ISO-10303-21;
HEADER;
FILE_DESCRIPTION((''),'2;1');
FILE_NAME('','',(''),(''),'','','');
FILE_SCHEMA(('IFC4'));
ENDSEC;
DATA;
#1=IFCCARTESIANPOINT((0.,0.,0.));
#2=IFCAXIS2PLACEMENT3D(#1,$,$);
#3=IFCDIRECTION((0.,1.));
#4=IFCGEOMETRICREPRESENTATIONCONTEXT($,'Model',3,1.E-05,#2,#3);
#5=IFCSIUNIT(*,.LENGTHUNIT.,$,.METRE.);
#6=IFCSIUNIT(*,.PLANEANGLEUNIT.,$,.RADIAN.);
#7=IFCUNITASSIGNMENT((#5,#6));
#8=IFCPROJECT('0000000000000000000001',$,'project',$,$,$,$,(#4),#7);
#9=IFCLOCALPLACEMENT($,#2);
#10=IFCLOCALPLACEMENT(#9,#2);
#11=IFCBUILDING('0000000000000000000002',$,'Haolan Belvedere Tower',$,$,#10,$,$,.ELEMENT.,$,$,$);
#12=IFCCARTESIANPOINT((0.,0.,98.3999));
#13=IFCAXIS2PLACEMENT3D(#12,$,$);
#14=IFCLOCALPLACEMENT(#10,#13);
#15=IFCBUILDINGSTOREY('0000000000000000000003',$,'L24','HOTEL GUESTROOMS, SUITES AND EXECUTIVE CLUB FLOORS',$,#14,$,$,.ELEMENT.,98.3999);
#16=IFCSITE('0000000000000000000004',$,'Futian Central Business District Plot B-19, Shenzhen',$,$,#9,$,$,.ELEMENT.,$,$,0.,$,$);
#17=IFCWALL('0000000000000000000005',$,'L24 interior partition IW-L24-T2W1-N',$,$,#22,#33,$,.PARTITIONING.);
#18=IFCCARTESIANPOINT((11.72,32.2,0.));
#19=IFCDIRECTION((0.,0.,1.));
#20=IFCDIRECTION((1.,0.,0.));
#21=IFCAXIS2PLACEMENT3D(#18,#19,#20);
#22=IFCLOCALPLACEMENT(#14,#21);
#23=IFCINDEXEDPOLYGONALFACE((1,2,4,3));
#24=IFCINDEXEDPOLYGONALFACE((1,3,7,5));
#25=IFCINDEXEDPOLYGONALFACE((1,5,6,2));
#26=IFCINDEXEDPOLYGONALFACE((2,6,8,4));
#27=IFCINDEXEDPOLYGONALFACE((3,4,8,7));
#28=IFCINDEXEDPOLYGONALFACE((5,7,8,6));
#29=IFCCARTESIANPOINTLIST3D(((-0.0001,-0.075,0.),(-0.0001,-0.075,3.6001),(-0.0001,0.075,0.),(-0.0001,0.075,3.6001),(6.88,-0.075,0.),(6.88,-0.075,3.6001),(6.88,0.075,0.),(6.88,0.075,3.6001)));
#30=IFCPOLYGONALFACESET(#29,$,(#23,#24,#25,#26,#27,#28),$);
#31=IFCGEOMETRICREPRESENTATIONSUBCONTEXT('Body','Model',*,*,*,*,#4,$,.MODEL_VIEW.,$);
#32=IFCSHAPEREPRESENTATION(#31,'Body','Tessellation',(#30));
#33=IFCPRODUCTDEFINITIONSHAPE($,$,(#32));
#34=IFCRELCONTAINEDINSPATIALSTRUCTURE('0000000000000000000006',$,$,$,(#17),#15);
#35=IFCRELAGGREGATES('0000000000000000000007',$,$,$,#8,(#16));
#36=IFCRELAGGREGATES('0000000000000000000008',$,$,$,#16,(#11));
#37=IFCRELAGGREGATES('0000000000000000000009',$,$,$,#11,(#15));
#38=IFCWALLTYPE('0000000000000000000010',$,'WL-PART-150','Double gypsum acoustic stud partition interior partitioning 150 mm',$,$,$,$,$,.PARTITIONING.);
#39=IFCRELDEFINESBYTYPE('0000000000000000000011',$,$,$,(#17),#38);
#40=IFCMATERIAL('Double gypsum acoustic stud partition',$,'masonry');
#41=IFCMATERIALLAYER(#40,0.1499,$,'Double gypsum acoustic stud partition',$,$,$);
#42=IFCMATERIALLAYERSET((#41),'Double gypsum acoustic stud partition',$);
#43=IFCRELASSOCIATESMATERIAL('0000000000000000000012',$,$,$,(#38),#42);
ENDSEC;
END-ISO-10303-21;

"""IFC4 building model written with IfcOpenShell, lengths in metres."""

from ifc_helpers import new_model, si_unit, direction, frame, frame_2d, origin, place, context, subcontext, project, spatial, rectangle, extrude, material, layer, layer_set, type_object, element, save


model = new_model("IFC4")

# Units and contexts
model_context = context("Model", 3, precision=1e-05, world=origin(), true_north=direction((0.0, 1.0)))
body_context = subcontext(model_context, "Body", "Model", "MODEL_VIEW")
ifc_project = project(units=[si_unit("LENGTHUNIT", "METRE"), si_unit("PLANEANGLEUNIT", "RADIAN")], contexts=[model_context])

# Site, building, storey
site_placement = place(None, origin())
site = spatial("IfcSite", under=ifc_project, at=site_placement, Name="Futian Central Business District Plot B-19, Shenzhen", CompositionType="ELEMENT", RefElevation=0.0)
building_placement = place(site_placement, origin())
building = spatial("IfcBuilding", under=site, at=building_placement, Name="Haolan Belvedere Tower", CompositionType="ELEMENT")
storey_placement = place(building_placement, frame((0.0, 0.0, 98.3999)))
storey = spatial("IfcBuildingStorey", under=building, at=storey_placement, Name="L24", Description="HOTEL GUESTROOMS, SUITES AND EXECUTIVE CLUB FLOORS", CompositionType="ELEMENT", Elevation=98.3999)

# Wall
ifc_material_1 = material(Name="Double gypsum acoustic stud partition", Category="masonry")
ifc_layer_1 = layer(ifc_material_1, 0.1499, Name="Double gypsum acoustic stud partition")
ifc_layer_set_1 = layer_set([ifc_layer_1], Name="Double gypsum acoustic stud partition")
wall_type_1 = type_object("IfcWallType", Name="WL-PART-150", Description="Double gypsum acoustic stud partition interior partitioning 150 mm", PredefinedType="PARTITIONING", material=ifc_layer_set_1)
wall_1_placement = place(storey_placement, frame((11.72, 32.2, 0.0), z_axis=(0.0, 0.0, 1.0), x_axis=(1.0, 0.0, 0.0)))
element("IfcWall", 1, at=wall_1_placement, inside=storey, type_object=wall_type_1, Name="L24 interior partition IW-L24-T2W1-N", PredefinedType="PARTITIONING", context=body_context, shape_type="SweptSolid", body=[
    extrude(rectangle(XDim=6.8801, YDim=0.1499, at=frame_2d((3.4399, 0.0))), origin(), (0.0, 0.0, 1.0), 3.6001),
])

save(model, "model.ifc")
